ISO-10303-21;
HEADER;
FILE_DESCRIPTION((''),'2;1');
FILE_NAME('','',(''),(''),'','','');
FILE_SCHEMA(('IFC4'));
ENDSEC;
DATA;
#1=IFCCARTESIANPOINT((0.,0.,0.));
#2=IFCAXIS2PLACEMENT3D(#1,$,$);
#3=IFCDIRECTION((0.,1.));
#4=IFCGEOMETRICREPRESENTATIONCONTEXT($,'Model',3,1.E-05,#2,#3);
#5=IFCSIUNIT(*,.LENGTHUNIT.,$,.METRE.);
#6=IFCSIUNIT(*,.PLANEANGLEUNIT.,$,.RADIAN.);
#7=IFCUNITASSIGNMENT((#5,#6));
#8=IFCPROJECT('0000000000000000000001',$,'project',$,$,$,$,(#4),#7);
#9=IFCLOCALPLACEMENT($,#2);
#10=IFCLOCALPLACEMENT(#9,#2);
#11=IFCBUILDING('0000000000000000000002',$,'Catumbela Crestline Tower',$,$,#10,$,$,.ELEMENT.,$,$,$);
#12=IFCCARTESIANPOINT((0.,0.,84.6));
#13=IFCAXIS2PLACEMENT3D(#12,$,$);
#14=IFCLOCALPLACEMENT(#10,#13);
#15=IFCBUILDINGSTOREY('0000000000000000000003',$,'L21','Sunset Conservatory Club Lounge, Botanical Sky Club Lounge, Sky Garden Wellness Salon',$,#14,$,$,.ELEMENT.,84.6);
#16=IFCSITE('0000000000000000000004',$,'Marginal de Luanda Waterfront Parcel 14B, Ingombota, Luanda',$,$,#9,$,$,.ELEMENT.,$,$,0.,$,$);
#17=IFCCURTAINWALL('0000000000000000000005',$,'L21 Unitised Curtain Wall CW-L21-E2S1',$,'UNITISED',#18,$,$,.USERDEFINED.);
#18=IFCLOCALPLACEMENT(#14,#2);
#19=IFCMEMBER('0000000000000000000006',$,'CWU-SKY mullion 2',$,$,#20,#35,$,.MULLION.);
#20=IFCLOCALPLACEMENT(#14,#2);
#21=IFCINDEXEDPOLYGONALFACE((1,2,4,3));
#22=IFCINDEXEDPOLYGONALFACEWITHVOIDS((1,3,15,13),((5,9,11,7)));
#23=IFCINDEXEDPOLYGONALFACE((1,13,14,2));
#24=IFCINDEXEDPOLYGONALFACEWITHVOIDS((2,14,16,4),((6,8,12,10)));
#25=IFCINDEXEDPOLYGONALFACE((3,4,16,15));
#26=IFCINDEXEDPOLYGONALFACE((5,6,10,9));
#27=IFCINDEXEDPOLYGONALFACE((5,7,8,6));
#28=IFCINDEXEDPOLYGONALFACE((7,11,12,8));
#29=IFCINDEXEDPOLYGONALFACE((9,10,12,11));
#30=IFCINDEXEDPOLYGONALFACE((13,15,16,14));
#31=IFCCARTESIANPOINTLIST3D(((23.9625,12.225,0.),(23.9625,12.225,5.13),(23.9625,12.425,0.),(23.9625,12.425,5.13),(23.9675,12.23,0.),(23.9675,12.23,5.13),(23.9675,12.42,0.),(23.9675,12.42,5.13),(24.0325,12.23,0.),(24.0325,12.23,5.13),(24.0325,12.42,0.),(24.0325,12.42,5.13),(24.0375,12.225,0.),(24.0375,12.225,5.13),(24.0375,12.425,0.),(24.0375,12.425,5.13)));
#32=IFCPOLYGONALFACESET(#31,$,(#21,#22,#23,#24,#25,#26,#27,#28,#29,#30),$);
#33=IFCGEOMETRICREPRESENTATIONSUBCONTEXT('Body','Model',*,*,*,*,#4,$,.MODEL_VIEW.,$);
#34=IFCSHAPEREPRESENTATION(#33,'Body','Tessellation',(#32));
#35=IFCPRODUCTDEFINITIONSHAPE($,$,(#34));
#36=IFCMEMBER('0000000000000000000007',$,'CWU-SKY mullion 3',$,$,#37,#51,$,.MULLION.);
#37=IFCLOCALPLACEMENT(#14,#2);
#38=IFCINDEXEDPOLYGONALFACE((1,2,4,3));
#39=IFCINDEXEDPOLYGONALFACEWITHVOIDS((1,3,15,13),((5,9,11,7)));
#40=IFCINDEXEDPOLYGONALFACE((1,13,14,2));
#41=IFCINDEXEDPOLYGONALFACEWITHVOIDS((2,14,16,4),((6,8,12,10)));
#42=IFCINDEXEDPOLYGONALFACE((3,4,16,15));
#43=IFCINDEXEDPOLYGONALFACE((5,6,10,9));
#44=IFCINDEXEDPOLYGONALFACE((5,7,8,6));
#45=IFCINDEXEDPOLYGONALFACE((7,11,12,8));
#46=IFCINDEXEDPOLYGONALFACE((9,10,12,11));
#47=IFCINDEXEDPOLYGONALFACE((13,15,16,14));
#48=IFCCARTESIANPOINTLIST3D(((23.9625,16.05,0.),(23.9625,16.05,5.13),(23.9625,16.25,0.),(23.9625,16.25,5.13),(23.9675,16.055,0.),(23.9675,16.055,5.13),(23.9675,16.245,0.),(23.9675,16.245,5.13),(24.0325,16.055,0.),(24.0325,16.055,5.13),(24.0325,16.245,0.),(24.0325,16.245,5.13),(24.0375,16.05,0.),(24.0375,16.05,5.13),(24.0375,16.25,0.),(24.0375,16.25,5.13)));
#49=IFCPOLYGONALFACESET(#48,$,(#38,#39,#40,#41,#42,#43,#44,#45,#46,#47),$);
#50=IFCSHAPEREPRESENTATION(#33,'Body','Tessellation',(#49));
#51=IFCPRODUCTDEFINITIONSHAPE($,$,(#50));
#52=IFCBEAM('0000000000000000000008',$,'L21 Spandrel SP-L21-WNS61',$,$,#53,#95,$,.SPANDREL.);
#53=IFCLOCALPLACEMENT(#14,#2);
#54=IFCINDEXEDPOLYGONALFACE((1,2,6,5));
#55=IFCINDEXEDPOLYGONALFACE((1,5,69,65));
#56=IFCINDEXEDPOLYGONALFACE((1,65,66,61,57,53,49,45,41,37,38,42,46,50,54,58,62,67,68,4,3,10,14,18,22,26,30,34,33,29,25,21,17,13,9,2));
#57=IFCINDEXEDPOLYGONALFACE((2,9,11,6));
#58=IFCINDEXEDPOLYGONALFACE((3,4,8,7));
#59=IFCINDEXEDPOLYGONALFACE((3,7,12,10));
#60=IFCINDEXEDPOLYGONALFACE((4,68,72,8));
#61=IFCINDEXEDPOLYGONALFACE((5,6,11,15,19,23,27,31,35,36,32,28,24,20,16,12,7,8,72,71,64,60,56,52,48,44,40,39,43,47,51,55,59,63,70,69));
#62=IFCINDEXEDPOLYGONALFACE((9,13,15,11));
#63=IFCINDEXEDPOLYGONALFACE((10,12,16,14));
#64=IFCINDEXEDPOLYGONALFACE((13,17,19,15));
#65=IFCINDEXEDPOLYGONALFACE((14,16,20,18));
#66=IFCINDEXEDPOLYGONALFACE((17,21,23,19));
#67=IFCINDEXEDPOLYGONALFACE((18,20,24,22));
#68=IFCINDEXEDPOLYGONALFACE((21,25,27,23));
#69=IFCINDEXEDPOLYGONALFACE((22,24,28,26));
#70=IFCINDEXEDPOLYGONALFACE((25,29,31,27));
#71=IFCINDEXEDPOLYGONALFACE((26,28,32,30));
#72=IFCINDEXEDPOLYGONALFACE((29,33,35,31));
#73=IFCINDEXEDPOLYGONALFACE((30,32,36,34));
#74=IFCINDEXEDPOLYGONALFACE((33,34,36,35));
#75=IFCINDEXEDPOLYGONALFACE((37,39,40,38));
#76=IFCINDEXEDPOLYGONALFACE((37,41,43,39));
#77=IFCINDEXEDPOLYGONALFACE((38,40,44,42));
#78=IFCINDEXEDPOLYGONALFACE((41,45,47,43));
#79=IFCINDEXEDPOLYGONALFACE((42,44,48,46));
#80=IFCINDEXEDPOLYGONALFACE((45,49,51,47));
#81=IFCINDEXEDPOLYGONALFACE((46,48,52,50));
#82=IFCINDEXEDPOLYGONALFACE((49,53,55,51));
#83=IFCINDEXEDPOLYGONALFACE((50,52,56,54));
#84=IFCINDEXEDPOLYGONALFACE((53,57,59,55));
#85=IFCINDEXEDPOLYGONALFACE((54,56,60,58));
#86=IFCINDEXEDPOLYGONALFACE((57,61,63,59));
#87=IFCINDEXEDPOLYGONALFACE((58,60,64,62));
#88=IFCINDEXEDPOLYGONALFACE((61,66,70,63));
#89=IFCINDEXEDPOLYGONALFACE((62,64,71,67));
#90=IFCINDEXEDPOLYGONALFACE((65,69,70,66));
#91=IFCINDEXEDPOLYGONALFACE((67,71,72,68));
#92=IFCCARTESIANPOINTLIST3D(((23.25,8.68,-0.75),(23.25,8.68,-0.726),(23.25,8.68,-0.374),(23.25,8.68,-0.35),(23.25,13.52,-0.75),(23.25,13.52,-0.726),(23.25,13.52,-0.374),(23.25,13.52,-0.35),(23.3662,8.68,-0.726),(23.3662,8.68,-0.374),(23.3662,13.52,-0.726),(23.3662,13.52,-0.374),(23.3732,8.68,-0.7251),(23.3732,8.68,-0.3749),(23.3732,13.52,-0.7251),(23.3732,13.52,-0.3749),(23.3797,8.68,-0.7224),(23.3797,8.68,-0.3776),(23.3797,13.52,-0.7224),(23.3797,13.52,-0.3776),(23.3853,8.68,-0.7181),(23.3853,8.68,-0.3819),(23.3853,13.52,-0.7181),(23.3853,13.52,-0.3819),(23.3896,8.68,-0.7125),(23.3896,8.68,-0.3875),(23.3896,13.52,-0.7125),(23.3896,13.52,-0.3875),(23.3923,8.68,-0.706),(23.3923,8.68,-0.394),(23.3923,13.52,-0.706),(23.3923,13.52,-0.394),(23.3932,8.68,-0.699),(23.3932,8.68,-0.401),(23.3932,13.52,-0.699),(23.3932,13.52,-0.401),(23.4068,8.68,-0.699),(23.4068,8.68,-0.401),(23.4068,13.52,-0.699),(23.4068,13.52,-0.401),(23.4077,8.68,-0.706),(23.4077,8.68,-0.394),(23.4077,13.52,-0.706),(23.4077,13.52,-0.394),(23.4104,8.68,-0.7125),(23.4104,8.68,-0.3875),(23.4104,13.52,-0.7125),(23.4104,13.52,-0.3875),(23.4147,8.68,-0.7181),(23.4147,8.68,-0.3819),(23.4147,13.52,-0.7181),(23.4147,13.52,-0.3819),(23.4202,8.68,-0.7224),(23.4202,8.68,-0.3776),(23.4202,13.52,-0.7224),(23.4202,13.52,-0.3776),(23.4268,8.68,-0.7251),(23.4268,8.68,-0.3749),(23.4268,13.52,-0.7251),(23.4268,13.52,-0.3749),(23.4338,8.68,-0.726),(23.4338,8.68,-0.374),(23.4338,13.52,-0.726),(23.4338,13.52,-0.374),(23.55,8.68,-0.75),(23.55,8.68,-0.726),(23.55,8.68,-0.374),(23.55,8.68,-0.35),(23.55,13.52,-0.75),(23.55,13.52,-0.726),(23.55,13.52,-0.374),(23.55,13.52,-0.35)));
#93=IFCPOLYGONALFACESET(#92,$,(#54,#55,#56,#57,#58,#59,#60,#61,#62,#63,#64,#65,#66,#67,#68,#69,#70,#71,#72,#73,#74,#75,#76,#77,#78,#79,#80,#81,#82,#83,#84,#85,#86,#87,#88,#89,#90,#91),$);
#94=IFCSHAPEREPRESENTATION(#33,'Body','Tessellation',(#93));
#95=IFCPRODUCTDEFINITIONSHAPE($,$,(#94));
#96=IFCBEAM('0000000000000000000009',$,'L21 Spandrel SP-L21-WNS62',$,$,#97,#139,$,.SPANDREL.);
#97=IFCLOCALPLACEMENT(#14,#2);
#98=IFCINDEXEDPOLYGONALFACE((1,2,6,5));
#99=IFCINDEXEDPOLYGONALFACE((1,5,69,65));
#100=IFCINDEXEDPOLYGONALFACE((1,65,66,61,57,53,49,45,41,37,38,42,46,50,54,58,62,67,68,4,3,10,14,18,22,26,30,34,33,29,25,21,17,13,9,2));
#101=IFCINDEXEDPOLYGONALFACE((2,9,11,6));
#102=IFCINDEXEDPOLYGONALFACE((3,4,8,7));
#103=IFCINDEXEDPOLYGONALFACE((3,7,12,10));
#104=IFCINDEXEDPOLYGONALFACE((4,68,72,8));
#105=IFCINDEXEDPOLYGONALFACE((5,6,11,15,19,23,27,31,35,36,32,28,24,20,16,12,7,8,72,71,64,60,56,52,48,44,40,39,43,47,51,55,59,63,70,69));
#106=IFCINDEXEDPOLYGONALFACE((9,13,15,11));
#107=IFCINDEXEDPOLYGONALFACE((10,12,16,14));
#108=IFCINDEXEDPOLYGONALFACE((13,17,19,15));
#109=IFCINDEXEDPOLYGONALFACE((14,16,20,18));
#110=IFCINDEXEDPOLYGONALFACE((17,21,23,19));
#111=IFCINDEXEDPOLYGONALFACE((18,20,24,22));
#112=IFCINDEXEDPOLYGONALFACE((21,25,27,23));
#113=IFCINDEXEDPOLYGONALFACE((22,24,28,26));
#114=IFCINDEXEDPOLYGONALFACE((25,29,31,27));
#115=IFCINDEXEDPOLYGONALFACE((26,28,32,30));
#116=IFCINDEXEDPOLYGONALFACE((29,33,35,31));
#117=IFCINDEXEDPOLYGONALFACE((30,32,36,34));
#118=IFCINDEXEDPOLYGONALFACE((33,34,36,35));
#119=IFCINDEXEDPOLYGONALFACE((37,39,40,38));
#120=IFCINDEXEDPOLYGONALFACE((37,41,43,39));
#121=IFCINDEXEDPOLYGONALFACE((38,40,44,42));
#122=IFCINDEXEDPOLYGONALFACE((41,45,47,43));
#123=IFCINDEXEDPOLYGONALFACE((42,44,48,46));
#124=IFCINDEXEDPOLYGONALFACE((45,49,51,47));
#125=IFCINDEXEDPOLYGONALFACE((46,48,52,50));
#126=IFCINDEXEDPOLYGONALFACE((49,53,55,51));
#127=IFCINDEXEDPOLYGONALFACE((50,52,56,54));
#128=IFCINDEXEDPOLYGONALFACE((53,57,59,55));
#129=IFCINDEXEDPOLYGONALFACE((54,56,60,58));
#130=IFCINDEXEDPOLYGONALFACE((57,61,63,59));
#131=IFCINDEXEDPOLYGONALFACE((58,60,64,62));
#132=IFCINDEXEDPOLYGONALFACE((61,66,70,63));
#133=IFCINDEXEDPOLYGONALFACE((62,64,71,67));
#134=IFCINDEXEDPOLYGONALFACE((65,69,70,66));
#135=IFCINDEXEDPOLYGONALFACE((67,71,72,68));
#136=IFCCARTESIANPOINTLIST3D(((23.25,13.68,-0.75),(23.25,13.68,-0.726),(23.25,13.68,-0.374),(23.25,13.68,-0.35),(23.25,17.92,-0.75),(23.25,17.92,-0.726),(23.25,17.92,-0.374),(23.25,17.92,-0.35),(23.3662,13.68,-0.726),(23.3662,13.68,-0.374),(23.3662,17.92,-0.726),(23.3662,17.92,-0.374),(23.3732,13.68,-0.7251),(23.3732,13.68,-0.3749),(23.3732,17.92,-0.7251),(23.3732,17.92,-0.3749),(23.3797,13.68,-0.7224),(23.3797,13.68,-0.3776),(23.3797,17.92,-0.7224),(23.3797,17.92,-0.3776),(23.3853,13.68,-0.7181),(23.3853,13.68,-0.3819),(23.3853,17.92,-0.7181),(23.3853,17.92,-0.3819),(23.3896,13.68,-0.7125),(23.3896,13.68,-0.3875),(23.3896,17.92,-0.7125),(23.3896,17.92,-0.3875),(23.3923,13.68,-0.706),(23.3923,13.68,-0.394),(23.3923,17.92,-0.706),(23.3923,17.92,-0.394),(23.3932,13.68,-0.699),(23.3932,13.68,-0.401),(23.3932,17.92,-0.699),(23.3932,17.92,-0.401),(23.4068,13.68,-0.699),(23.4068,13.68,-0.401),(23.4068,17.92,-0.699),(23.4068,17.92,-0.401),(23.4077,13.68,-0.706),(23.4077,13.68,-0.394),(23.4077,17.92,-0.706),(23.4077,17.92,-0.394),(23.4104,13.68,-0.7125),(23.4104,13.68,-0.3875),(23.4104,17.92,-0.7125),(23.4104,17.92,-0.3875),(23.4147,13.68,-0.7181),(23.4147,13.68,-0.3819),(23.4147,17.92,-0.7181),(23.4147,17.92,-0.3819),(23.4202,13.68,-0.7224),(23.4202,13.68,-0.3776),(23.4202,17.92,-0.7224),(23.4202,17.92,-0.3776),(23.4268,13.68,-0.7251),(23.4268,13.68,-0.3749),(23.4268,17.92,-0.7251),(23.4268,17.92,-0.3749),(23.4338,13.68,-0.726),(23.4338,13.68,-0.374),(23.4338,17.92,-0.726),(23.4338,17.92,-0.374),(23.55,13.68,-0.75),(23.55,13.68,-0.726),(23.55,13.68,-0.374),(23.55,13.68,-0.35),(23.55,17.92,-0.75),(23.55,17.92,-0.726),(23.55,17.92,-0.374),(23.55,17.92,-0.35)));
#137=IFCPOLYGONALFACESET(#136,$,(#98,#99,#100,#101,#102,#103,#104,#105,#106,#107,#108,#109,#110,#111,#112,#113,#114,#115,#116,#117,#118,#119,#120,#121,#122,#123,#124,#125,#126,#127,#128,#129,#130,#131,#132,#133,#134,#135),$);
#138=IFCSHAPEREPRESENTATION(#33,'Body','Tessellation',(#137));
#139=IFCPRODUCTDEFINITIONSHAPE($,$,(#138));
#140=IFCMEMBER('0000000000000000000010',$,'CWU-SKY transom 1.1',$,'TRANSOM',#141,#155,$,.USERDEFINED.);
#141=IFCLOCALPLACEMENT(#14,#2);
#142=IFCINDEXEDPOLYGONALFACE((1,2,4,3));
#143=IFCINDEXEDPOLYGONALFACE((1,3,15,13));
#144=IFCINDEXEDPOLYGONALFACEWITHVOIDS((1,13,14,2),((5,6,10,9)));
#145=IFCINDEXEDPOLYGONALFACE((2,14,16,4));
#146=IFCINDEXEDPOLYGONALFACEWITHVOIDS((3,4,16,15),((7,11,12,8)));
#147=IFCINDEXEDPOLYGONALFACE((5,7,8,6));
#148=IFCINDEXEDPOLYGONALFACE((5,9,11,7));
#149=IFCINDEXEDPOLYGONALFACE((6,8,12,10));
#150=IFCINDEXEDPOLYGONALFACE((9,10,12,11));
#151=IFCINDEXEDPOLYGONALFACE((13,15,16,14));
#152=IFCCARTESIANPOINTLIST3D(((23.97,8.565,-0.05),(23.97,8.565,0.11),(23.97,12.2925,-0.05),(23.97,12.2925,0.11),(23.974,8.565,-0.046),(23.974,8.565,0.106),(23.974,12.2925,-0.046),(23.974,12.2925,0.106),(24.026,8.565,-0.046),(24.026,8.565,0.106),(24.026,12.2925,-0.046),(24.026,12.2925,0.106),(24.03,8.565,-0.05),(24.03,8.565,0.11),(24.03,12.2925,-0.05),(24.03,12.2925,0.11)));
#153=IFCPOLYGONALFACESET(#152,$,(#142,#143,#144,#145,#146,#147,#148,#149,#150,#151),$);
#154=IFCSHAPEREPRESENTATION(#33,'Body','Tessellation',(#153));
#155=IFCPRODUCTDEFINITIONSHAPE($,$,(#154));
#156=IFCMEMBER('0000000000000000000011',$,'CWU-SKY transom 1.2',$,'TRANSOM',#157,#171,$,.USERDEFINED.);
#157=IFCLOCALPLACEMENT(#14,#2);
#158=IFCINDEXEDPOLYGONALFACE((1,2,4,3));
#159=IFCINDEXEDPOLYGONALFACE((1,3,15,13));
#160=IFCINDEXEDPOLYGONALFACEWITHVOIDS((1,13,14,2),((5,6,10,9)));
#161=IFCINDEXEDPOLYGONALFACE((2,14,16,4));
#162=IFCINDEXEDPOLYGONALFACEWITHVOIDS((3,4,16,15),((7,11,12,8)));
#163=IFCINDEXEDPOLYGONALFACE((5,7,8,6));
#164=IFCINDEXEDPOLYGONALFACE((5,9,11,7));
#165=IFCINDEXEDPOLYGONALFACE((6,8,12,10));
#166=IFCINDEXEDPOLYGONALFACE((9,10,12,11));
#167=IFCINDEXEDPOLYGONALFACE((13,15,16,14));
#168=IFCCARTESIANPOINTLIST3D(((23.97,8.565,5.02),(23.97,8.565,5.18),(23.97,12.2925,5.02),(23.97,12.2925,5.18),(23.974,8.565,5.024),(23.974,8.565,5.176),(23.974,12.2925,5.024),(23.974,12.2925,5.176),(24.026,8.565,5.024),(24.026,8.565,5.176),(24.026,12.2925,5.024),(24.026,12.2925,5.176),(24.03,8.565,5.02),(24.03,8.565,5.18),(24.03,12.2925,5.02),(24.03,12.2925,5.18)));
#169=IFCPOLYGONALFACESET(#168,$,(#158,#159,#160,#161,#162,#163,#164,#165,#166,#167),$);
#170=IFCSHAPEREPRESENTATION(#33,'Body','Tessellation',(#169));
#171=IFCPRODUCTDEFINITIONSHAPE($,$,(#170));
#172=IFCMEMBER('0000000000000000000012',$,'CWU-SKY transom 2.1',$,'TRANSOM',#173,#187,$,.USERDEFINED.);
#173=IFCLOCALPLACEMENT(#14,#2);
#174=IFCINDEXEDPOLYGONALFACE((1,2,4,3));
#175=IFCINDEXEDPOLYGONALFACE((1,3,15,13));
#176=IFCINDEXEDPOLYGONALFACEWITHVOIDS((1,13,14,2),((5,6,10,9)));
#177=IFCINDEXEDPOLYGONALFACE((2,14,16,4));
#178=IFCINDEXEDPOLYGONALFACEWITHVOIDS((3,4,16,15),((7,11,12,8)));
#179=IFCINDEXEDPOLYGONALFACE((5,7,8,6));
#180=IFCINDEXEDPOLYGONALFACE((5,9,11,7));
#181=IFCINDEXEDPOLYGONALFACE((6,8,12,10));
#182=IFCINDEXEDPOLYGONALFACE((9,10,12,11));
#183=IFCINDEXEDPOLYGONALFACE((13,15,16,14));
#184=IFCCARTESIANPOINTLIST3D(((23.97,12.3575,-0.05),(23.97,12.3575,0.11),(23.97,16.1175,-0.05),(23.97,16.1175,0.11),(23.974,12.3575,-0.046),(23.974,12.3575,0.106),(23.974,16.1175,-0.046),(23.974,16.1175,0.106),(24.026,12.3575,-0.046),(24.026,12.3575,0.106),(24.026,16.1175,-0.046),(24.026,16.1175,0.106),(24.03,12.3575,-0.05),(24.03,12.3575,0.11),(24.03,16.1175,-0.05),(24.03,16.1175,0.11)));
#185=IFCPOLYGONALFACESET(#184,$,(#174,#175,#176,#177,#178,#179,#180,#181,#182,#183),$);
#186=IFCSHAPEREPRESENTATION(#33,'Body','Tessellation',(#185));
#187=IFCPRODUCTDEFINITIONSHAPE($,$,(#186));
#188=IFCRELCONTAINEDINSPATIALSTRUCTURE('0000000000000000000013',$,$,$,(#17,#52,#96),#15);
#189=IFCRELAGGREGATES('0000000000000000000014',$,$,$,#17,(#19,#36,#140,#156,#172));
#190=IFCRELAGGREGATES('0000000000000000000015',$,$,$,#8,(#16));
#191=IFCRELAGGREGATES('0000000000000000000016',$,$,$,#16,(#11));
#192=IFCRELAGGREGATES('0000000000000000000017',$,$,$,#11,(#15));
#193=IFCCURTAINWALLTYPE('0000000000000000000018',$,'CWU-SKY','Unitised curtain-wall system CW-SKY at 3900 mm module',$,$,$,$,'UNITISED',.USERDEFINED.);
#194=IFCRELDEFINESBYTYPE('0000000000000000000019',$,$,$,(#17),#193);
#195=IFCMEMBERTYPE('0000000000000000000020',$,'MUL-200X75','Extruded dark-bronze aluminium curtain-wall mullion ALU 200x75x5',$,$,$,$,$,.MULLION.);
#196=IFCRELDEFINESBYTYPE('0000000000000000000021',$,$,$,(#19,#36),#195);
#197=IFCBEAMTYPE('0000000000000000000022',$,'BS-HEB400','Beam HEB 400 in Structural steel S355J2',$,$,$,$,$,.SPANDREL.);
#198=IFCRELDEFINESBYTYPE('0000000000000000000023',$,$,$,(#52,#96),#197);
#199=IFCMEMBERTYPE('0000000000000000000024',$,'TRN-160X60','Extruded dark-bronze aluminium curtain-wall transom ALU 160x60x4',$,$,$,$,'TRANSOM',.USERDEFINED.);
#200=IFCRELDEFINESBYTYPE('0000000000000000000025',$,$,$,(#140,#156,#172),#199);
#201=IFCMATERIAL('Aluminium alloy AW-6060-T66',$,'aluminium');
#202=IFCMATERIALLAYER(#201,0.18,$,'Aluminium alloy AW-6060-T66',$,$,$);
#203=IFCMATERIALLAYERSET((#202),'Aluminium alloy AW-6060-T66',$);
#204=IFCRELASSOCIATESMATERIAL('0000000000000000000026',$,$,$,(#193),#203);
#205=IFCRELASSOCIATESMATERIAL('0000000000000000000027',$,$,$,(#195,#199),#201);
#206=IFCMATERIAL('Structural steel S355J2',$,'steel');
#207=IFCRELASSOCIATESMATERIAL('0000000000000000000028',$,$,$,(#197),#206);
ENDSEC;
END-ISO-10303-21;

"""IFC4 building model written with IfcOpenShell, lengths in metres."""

from ifc_helpers import new_model, si_unit, direction, frame, origin, origin_2d, place, context, subcontext, project, spatial, hollow_rectangle, i_section, extrude, material, layer, layer_set, material_profile, profile_set, type_object, element, aggregate, save


model = new_model("IFC4")

# Units and contexts
model_context = context("Model", 3, precision=1e-05, world=origin(), true_north=direction((0.0, 1.0)))
body_context = subcontext(model_context, "Body", "Model", "MODEL_VIEW")
ifc_project = project(units=[si_unit("LENGTHUNIT", "METRE"), si_unit("PLANEANGLEUNIT", "RADIAN")], contexts=[model_context])

# Site, building, storey
site_placement = place(None, origin())
site = spatial("IfcSite", under=ifc_project, at=site_placement, Name="Marginal de Luanda Waterfront Parcel 14B, Ingombota, Luanda", CompositionType="ELEMENT", RefElevation=0.0)
building_placement = place(site_placement, origin())
building = spatial("IfcBuilding", under=site, at=building_placement, Name="Catumbela Crestline Tower", CompositionType="ELEMENT")
storey_placement = place(building_placement, frame((0.0, 0.0, 84.6)))
storey = spatial("IfcBuildingStorey", under=building, at=storey_placement, Name="L21", Description="Sunset Conservatory Club Lounge, Botanical Sky Club Lounge, Sky Garden Wellness Salon", CompositionType="ELEMENT", Elevation=84.6)

# Shared definitions
ifc_material_1 = material(Name="Structural steel S355J2", Category="steel")

# Curtain wall, members
ifc_material_2 = material(Name="Aluminium alloy AW-6060-T66", Category="aluminium")
ifc_layer_1 = layer(ifc_material_2, 0.18, Name="Aluminium alloy AW-6060-T66")
ifc_layer_set_1 = layer_set([ifc_layer_1], Name="Aluminium alloy AW-6060-T66")
curtain_wall_type = type_object("IfcCurtainWallType", Name="CWU-SKY", Description="Unitised curtain-wall system CW-SKY at 3900 mm module", ElementType="UNITISED", PredefinedType="USERDEFINED", material=ifc_layer_set_1)
curtain_wall_placement = place(storey_placement, origin())
curtain_wall = element("IfcCurtainWall", 1, at=curtain_wall_placement, inside=storey, type_object=curtain_wall_type, Name="L21 Unitised Curtain Wall CW-L21-E2S1", ObjectType="UNITISED", PredefinedType="USERDEFINED")
ifc_material_profile_1 = material_profile(ifc_material_2, hollow_rectangle(XDim=0.075, YDim=0.2, WallThickness=0.005, at=origin_2d()), Name="ALU 200x75x5")
ifc_profile_set_1 = profile_set([ifc_material_profile_1], Name="Aluminium alloy AW-6060-T66")
member_type_1 = type_object("IfcMemberType", Name="MUL-200X75", Description="Extruded dark-bronze aluminium curtain-wall mullion ALU 200x75x5", PredefinedType="MULLION", material=ifc_profile_set_1)
member_1_placement = place(storey_placement, frame((24.0, 12.325, 0.0), z_axis=(0.0, 0.0, 1.0), x_axis=(-1.0, 0.0, 0.0)))
member_1 = element("IfcMember", 2, at=member_1_placement, type_object=member_type_1, Name="CWU-SKY mullion 2", PredefinedType="MULLION", context=body_context, shape_type="SweptSolid", body=[
    extrude(hollow_rectangle(XDim=0.075, YDim=0.2, WallThickness=0.005, at=origin_2d()), origin(), (0.0, 0.0, 1.0), 5.13),
])
member_2_placement = place(storey_placement, frame((24.0, 16.15, 0.0), z_axis=(0.0, 0.0, 1.0), x_axis=(-1.0, 0.0, 0.0)))
member_2 = element("IfcMember", 3, at=member_2_placement, type_object=member_type_1, Name="CWU-SKY mullion 3", PredefinedType="MULLION", context=body_context, shape_type="SweptSolid", body=[
    extrude(hollow_rectangle(XDim=0.075, YDim=0.2, WallThickness=0.005, at=origin_2d()), origin(), (0.0, 0.0, 1.0), 5.13),
])

# Beams
ifc_material_profile_2 = material_profile(ifc_material_1, i_section(OverallWidth=0.3, OverallDepth=0.4, WebThickness=0.0135, FlangeThickness=0.024, FilletRadius=0.027, at=origin_2d()), Name="HEB 400")
ifc_profile_set_2 = profile_set([ifc_material_profile_2], Name="Structural steel S355J2")
beam_type_1 = type_object("IfcBeamType", Name="BS-HEB400", Description="Beam HEB 400 in Structural steel S355J2", PredefinedType="SPANDREL", material=ifc_profile_set_2)
beam_1_placement = place(storey_placement, frame((23.4, 8.68, -0.55), z_axis=(0.0, 1.0, 0.0), x_axis=(-1.0, 0.0, 0.0)))
element("IfcBeam", 4, at=beam_1_placement, inside=storey, type_object=beam_type_1, Name="L21 Spandrel SP-L21-WNS61", PredefinedType="SPANDREL", context=body_context, shape_type="SweptSolid", body=[
    extrude(i_section(OverallWidth=0.3, OverallDepth=0.4, WebThickness=0.0135, FlangeThickness=0.024, FilletRadius=0.027, at=origin_2d()), origin(), (0.0, 0.0, 1.0), 4.84),
])
beam_2_placement = place(storey_placement, frame((23.4, 13.68, -0.55), z_axis=(0.0, 1.0, 0.0), x_axis=(-1.0, 0.0, 0.0)))
element("IfcBeam", 5, at=beam_2_placement, inside=storey, type_object=beam_type_1, Name="L21 Spandrel SP-L21-WNS62", PredefinedType="SPANDREL", context=body_context, shape_type="SweptSolid", body=[
    extrude(i_section(OverallWidth=0.3, OverallDepth=0.4, WebThickness=0.0135, FlangeThickness=0.024, FilletRadius=0.027, at=origin_2d()), origin(), (0.0, 0.0, 1.0), 4.24),
])

# Members
ifc_material_profile_3 = material_profile(ifc_material_2, hollow_rectangle(XDim=0.06, YDim=0.16, WallThickness=0.004, at=origin_2d()), Name="ALU 160x60x4")
ifc_profile_set_3 = profile_set([ifc_material_profile_3], Name="Aluminium alloy AW-6060-T66")
member_type_2 = type_object("IfcMemberType", Name="TRN-160X60", Description="Extruded dark-bronze aluminium curtain-wall transom ALU 160x60x4", ElementType="TRANSOM", PredefinedType="USERDEFINED", material=ifc_profile_set_3)
member_3_placement = place(storey_placement, frame((24.0, 8.565, 0.03), z_axis=(0.0, 1.0, 0.0), x_axis=(-1.0, 0.0, 0.0)))
member_3 = element("IfcMember", 6, at=member_3_placement, type_object=member_type_2, Name="CWU-SKY transom 1.1", ObjectType="TRANSOM", PredefinedType="USERDEFINED", context=body_context, shape_type="SweptSolid", body=[
    extrude(hollow_rectangle(XDim=0.06, YDim=0.16, WallThickness=0.004, at=origin_2d()), origin(), (0.0, 0.0, 1.0), 3.7275),
])
member_4_placement = place(storey_placement, frame((24.0, 8.565, 5.1), z_axis=(0.0, 1.0, 0.0), x_axis=(-1.0, 0.0, 0.0)))
member_4 = element("IfcMember", 7, at=member_4_placement, type_object=member_type_2, Name="CWU-SKY transom 1.2", ObjectType="TRANSOM", PredefinedType="USERDEFINED", context=body_context, shape_type="SweptSolid", body=[
    extrude(hollow_rectangle(XDim=0.06, YDim=0.16, WallThickness=0.004, at=origin_2d()), origin(), (0.0, 0.0, 1.0), 3.7275),
])
member_5_placement = place(storey_placement, frame((24.0, 12.3575, 0.03), z_axis=(0.0, 1.0, 0.0), x_axis=(-1.0, 0.0, 0.0)))
member_5 = element("IfcMember", 8, at=member_5_placement, type_object=member_type_2, Name="CWU-SKY transom 2.1", ObjectType="TRANSOM", PredefinedType="USERDEFINED", context=body_context, shape_type="SweptSolid", body=[
    extrude(hollow_rectangle(XDim=0.06, YDim=0.16, WallThickness=0.004, at=origin_2d()), origin(), (0.0, 0.0, 1.0), 3.76),
])

aggregate(curtain_wall, [member_1, member_2, member_3, member_4, member_5])

save(model, "model.ifc")
